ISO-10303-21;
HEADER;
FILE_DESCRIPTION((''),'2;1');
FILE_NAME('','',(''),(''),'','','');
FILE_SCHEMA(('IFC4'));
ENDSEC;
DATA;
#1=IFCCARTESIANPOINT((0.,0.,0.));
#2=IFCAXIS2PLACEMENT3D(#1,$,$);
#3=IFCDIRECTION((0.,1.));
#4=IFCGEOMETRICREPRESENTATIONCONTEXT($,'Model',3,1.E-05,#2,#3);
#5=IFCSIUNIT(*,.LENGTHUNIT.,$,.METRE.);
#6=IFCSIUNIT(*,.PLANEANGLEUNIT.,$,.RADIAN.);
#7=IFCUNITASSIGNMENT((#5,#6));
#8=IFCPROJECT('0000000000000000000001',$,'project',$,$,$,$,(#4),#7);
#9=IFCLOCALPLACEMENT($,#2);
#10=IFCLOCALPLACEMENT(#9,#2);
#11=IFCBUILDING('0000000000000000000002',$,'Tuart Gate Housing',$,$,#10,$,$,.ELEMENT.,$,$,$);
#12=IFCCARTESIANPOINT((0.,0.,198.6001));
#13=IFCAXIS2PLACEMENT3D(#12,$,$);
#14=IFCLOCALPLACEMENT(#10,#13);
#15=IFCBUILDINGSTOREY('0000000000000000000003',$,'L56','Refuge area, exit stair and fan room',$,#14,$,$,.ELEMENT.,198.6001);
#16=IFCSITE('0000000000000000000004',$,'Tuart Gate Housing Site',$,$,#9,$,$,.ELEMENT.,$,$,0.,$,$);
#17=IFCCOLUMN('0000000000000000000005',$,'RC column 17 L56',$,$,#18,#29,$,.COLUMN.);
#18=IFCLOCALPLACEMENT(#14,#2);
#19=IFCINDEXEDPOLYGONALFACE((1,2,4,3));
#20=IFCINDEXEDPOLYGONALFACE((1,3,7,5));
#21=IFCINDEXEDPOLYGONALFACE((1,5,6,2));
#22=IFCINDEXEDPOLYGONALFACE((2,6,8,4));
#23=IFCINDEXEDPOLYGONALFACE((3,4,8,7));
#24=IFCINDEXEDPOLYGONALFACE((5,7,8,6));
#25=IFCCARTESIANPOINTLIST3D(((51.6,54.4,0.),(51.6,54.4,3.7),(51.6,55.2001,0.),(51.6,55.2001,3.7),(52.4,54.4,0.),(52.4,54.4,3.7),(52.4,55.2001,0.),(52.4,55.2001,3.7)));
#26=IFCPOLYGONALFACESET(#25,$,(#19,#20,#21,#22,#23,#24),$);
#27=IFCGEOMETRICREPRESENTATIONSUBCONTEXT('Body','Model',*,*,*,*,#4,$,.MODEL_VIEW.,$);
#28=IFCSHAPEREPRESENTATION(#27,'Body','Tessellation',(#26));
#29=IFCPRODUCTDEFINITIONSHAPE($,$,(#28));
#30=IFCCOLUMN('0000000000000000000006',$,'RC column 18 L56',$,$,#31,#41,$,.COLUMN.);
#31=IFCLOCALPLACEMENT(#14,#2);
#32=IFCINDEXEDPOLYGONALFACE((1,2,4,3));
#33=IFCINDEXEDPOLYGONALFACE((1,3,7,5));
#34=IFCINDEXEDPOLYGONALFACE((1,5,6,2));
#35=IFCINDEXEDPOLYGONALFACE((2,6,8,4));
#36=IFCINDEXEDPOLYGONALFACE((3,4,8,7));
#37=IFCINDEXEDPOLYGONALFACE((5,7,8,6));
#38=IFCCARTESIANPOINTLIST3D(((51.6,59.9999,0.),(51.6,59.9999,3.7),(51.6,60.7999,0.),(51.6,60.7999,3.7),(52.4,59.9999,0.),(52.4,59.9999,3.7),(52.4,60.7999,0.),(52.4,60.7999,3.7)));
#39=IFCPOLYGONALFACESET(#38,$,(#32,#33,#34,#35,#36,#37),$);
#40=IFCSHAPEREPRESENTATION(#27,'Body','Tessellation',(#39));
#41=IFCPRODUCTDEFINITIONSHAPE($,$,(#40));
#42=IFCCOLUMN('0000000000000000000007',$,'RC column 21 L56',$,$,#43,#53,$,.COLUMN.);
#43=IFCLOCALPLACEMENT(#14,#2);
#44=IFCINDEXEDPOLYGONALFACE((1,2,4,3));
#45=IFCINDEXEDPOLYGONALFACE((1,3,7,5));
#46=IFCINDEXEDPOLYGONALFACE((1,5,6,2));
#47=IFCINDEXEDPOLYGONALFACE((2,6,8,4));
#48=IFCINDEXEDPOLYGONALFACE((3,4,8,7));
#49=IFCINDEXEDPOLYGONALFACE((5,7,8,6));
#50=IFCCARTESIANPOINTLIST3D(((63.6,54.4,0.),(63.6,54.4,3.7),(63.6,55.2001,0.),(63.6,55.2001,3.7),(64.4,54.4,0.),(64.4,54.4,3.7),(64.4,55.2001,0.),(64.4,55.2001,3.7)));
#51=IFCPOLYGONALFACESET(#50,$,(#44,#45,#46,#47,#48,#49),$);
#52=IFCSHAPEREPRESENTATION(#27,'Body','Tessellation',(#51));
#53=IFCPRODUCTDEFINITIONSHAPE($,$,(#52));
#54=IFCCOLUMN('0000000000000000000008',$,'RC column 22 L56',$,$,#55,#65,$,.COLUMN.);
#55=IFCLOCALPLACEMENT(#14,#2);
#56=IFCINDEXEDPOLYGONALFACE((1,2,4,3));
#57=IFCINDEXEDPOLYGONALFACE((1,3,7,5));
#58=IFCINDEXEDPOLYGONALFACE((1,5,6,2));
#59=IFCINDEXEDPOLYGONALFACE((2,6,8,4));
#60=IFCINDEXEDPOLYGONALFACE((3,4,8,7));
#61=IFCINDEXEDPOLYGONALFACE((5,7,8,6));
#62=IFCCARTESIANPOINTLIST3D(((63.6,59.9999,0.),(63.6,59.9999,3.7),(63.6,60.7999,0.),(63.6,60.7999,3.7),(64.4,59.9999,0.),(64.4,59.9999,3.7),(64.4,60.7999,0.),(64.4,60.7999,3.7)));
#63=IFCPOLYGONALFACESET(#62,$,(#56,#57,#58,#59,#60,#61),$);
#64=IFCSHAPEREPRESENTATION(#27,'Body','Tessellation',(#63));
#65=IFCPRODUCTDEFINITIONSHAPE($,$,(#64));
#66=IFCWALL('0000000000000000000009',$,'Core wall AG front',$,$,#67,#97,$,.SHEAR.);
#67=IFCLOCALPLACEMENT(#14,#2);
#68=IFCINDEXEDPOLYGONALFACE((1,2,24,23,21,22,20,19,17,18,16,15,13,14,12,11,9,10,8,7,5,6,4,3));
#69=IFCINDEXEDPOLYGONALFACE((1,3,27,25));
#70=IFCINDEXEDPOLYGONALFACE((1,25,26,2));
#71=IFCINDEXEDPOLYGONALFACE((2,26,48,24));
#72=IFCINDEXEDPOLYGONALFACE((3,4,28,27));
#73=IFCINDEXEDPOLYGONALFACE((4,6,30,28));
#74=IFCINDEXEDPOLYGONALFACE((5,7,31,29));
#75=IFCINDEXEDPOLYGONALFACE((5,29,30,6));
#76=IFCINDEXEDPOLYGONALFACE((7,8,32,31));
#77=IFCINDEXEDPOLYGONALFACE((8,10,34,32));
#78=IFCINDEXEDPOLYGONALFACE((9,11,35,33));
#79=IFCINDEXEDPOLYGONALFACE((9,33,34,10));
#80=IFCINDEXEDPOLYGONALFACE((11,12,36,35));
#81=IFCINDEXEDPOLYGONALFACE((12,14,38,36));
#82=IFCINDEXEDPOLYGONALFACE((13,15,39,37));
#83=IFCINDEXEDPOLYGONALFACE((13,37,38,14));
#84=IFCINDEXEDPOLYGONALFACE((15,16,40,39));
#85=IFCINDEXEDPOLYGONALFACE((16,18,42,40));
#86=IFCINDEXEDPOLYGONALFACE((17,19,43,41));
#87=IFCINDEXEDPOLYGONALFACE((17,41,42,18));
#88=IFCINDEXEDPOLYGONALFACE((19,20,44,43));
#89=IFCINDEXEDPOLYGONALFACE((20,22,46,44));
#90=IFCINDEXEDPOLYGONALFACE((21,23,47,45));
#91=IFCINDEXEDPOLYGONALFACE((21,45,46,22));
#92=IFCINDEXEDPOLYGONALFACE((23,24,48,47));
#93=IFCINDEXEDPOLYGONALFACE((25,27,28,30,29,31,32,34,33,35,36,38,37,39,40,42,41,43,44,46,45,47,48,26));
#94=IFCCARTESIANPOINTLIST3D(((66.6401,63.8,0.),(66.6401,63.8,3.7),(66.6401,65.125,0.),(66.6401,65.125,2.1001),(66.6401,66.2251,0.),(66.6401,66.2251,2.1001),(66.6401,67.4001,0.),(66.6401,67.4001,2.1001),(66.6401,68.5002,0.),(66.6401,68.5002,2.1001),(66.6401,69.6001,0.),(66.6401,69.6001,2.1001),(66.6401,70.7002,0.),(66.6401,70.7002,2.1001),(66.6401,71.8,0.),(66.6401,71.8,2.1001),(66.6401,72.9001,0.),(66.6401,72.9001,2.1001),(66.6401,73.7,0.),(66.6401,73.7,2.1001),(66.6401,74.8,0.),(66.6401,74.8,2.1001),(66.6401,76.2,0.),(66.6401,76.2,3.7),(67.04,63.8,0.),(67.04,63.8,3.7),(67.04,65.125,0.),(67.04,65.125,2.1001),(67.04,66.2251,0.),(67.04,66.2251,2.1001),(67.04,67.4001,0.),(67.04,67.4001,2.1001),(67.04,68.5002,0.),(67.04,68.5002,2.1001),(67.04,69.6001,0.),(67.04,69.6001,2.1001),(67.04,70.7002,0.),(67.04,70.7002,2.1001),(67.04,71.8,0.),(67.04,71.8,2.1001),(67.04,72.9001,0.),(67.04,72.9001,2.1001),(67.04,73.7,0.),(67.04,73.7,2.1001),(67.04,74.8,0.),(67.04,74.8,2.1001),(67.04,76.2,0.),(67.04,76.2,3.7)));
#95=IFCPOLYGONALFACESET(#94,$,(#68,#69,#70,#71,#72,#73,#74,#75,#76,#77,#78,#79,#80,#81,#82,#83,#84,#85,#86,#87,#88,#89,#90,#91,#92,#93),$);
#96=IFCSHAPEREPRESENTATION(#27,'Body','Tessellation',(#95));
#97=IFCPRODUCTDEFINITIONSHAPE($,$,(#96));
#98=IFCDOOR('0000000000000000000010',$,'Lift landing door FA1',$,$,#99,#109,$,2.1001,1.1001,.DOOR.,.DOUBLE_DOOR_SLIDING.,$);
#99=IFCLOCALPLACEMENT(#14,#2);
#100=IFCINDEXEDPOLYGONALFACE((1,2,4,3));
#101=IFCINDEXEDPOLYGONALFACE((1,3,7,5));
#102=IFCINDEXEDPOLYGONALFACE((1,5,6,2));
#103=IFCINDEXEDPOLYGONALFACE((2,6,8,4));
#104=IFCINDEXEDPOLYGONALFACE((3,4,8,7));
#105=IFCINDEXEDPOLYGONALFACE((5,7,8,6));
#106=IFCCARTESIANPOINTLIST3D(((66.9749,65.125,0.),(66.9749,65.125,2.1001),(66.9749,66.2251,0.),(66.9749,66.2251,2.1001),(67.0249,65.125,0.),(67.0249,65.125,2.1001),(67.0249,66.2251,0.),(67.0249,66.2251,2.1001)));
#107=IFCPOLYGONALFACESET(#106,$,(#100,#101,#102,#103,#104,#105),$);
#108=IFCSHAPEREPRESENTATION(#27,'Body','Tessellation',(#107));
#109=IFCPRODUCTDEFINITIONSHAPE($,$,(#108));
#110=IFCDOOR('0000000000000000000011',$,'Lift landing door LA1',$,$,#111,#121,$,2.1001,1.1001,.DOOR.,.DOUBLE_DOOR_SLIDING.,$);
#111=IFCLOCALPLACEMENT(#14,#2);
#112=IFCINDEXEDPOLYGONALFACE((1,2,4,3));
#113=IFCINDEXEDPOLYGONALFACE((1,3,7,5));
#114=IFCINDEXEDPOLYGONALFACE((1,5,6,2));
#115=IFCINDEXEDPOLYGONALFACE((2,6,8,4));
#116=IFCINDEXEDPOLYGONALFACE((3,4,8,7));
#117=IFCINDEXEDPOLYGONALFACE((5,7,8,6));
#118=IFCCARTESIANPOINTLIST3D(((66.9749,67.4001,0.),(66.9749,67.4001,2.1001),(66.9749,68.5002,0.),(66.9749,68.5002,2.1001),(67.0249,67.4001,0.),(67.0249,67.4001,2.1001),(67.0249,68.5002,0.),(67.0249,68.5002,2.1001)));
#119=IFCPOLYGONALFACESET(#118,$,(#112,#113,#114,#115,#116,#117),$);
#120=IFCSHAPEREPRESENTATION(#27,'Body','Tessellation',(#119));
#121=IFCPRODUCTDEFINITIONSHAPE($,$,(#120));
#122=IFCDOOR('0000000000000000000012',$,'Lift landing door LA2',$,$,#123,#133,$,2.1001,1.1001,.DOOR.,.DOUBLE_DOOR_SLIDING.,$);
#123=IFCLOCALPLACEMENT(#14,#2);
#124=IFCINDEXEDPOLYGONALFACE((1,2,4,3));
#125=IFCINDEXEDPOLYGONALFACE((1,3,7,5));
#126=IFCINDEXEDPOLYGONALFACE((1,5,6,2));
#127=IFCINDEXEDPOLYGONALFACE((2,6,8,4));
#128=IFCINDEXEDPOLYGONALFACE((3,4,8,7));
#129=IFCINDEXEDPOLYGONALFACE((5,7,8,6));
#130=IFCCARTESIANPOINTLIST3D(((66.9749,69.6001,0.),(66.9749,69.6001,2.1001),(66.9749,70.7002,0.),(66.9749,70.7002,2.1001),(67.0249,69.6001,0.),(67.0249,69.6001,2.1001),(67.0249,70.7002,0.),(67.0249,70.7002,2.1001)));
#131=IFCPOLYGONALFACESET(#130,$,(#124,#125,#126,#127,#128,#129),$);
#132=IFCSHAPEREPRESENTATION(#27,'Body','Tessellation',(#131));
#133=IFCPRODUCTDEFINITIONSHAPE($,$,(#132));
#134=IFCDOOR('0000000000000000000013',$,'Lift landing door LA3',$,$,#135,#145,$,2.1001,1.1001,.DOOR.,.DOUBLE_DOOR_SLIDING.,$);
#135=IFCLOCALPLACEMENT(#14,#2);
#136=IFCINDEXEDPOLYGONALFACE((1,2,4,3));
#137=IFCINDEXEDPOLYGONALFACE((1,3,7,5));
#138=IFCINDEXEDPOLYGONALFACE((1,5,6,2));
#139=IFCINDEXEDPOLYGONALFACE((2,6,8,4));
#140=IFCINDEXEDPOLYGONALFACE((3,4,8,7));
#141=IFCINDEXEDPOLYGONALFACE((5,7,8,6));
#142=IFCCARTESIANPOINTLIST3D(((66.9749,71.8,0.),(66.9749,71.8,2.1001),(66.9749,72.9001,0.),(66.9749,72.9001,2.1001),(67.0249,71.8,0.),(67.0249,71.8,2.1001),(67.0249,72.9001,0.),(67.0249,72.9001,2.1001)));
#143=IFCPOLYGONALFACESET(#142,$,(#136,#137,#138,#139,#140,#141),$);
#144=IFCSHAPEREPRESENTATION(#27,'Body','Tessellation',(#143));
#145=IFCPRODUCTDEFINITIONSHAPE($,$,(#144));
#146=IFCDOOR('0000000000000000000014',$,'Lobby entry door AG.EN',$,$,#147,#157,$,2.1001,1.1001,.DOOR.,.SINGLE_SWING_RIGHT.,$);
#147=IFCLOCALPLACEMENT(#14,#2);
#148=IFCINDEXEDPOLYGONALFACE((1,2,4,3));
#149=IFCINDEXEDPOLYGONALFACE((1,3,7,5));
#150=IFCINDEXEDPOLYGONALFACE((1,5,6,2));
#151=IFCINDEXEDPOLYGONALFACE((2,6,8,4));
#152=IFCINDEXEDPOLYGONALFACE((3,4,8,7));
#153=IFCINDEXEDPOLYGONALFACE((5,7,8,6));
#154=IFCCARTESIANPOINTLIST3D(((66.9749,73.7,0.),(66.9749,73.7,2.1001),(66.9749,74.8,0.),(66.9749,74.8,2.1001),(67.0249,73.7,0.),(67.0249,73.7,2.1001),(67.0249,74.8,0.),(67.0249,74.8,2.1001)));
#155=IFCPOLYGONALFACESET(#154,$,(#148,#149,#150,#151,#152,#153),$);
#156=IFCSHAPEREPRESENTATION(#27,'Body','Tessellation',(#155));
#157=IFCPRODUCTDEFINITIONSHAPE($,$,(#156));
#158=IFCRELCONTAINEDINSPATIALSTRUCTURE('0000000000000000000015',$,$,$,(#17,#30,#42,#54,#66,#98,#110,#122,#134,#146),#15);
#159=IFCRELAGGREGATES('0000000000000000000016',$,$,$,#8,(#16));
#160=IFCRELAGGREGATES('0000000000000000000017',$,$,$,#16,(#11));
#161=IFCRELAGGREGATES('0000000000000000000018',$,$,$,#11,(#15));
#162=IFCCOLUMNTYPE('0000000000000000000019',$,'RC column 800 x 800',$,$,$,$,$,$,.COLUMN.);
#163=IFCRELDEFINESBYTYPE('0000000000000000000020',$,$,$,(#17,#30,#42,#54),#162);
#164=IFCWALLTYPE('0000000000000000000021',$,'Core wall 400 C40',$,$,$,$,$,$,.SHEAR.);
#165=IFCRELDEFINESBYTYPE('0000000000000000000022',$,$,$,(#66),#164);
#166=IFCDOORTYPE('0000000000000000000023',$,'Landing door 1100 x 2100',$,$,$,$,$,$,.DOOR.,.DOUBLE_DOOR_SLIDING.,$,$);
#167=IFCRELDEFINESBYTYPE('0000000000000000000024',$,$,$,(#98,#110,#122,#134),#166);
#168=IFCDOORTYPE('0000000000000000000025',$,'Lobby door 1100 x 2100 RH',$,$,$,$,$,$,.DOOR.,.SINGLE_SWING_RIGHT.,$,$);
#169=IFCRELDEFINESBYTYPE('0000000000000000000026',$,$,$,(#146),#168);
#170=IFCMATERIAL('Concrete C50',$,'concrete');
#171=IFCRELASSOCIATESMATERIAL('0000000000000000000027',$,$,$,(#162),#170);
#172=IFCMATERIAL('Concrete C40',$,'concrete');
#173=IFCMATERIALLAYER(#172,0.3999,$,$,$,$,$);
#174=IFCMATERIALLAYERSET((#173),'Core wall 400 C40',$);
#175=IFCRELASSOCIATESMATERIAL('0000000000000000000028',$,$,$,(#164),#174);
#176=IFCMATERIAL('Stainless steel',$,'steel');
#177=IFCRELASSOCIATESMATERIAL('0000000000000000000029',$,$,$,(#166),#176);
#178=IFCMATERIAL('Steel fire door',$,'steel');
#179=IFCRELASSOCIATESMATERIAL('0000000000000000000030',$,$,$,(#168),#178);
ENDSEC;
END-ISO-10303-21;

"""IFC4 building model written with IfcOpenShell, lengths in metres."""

from ifc_helpers import new_model, si_unit, direction, frame, frame_2d, origin, origin_2d, place, context, subcontext, project, spatial, rectangle, extrude, material, layer, layer_set, material_profile, profile_set, type_object, element, fill, save


model = new_model("IFC4")

# Units and contexts
model_context = context("Model", 3, precision=1e-05, world=origin(), true_north=direction((0.0, 1.0)))
body_context = subcontext(model_context, "Body", "Model", "MODEL_VIEW")
ifc_project = project(units=[si_unit("LENGTHUNIT", "METRE"), si_unit("PLANEANGLEUNIT", "RADIAN")], contexts=[model_context])

# Site, building, storey
site_placement = place(None, origin())
site = spatial("IfcSite", under=ifc_project, at=site_placement, Name="Tuart Gate Housing Site", CompositionType="ELEMENT", RefElevation=0.0)
building_placement = place(site_placement, origin())
building = spatial("IfcBuilding", under=site, at=building_placement, Name="Tuart Gate Housing", CompositionType="ELEMENT")
storey_placement = place(building_placement, frame((0.0, 0.0, 198.6001)))
storey = spatial("IfcBuildingStorey", under=building, at=storey_placement, Name="L56", Description="Refuge area, exit stair and fan room", CompositionType="ELEMENT", Elevation=198.6001)

# Columns
ifc_material_1 = material(Name="Concrete C50", Category="concrete")
ifc_material_profile = material_profile(ifc_material_1, rectangle(XDim=0.8, YDim=0.8, at=origin_2d()), Name="RC column 800 x 800")
ifc_profile_set = profile_set([ifc_material_profile], Name="Concrete C50")
column_type = type_object("IfcColumnType", Name="RC column 800 x 800", PredefinedType="COLUMN", material=ifc_profile_set)
for number, where, z_axis, x_axis, name in (
    (1, (52.0, 54.8, 0.0), (0.0, 0.0, 1.0), (1.0, 0.0, 0.0), "RC column 17 L56"),
    (2, (52.0, 60.3999, 0.0), (0.0, 0.0, 1.0), (1.0, 0.0, 0.0), "RC column 18 L56"),
    (3, (64.0, 54.8, 0.0), (0.0, 0.0, 1.0), (1.0, 0.0, 0.0), "RC column 21 L56"),
    (4, (64.0, 60.3999, 0.0), (0.0, 0.0, 1.0), (1.0, 0.0, 0.0), "RC column 22 L56"),
):
    element("IfcColumn", number, at=place(storey_placement, frame(where, z_axis=z_axis, x_axis=x_axis)), inside=storey, type_object=column_type, Name=name, PredefinedType="COLUMN", context=body_context, shape_type="SweptSolid", body=[
        extrude(rectangle(XDim=0.8, YDim=0.8, at=origin_2d()), origin(), (0.0, 0.0, 1.0), 3.7),
    ])

# Wall, openings, doors
ifc_material_2 = material(Name="Concrete C40", Category="concrete")
ifc_layer_1 = layer(ifc_material_2, 0.3999)
ifc_layer_set_1 = layer_set([ifc_layer_1], Name="Core wall 400 C40")
wall_type_1 = type_object("IfcWallType", Name="Core wall 400 C40", PredefinedType="SHEAR", material=ifc_layer_set_1)
wall_1_placement = place(storey_placement, frame((66.8401, 63.8, 0.0), z_axis=(0.0, 0.0, 1.0), x_axis=(0.0, 1.0, 0.0)))
wall_1 = element("IfcWall", 5, at=wall_1_placement, inside=storey, type_object=wall_type_1, Name="Core wall AG front", PredefinedType="SHEAR", context=body_context, shape_type="SweptSolid", body=[
    extrude(rectangle(XDim=12.3999, YDim=0.3999, at=frame_2d((6.2, 0.0))), origin(), (0.0, 0.0, 1.0), 3.7),
])
opening_1_placement = place(wall_1_placement, frame((1.325, 0.0, 0.0)))
opening_1 = element("IfcOpeningElement", 6, at=opening_1_placement, cuts=wall_1, PredefinedType="OPENING", context=body_context, shape_type="SweptSolid", body=[
    extrude(rectangle(XDim=1.1001, YDim=2.1001, at=frame_2d((0.55, 1.05))), frame((0.0, 0.21, 0.0), z_axis=(0.0, -1.0, 0.0), x_axis=(1.0, 0.0, 0.0)), (0.0, 0.0, 1.0), 0.4199),
])
opening_2_placement = place(wall_1_placement, frame((3.6001, 0.0, 0.0)))
opening_2 = element("IfcOpeningElement", 7, at=opening_2_placement, cuts=wall_1, PredefinedType="OPENING", context=body_context, shape_type="SweptSolid", body=[
    extrude(rectangle(XDim=1.1001, YDim=2.1001, at=frame_2d((0.55, 1.05))), frame((0.0, 0.21, 0.0), z_axis=(0.0, -1.0, 0.0), x_axis=(1.0, 0.0, 0.0)), (0.0, 0.0, 1.0), 0.4199),
])
opening_3_placement = place(wall_1_placement, frame((5.8, 0.0, 0.0)))
opening_3 = element("IfcOpeningElement", 8, at=opening_3_placement, cuts=wall_1, PredefinedType="OPENING", context=body_context, shape_type="SweptSolid", body=[
    extrude(rectangle(XDim=1.1001, YDim=2.1001, at=frame_2d((0.55, 1.05))), frame((0.0, 0.21, 0.0), z_axis=(0.0, -1.0, 0.0), x_axis=(1.0, 0.0, 0.0)), (0.0, 0.0, 1.0), 0.4199),
])
opening_4_placement = place(wall_1_placement, frame((8.0, 0.0, 0.0)))
opening_4 = element("IfcOpeningElement", 9, at=opening_4_placement, cuts=wall_1, PredefinedType="OPENING", context=body_context, shape_type="SweptSolid", body=[
    extrude(rectangle(XDim=1.1001, YDim=2.1001, at=frame_2d((0.55, 1.05))), frame((0.0, 0.21, 0.0), z_axis=(0.0, -1.0, 0.0), x_axis=(1.0, 0.0, 0.0)), (0.0, 0.0, 1.0), 0.4199),
])
opening_5_placement = place(wall_1_placement, frame((9.8999, 0.0, 0.0)))
opening_5 = element("IfcOpeningElement", 10, at=opening_5_placement, cuts=wall_1, PredefinedType="OPENING", context=body_context, shape_type="SweptSolid", body=[
    extrude(rectangle(XDim=1.1001, YDim=2.1001, at=frame_2d((0.55, 1.05))), frame((0.0, 0.21, 0.0), z_axis=(0.0, -1.0, 0.0), x_axis=(1.0, 0.0, 0.0)), (0.0, 0.0, 1.0), 0.4199),
])
ifc_material_3 = material(Name="Stainless steel", Category="steel")
door_type_1 = type_object("IfcDoorType", Name="Landing door 1100 x 2100", OperationType="DOUBLE_DOOR_SLIDING", PredefinedType="DOOR", material=ifc_material_3)
door_1_placement = place(opening_1_placement, origin())
door_1 = element("IfcDoor", 11, at=door_1_placement, inside=storey, type_object=door_type_1, Name="Lift landing door FA1", OperationType="DOUBLE_DOOR_SLIDING", OverallHeight=2.1001, OverallWidth=1.1001, PredefinedType="DOOR", context=body_context, shape_type="SweptSolid", body=[
    extrude(rectangle(XDim=1.1001, YDim=2.1001, at=frame_2d((0.55, 1.05))), frame((0.0, -0.1348, 0.0), z_axis=(0.0, -1.0, 0.0), x_axis=(1.0, 0.0, 0.0)), (0.0, 0.0, 1.0), 0.05),
])
fill(opening_1, door_1)
door_2_placement = place(opening_2_placement, origin())
door_2 = element("IfcDoor", 12, at=door_2_placement, inside=storey, type_object=door_type_1, Name="Lift landing door LA1", OperationType="DOUBLE_DOOR_SLIDING", OverallHeight=2.1001, OverallWidth=1.1001, PredefinedType="DOOR", context=body_context, shape_type="SweptSolid", body=[
    extrude(rectangle(XDim=1.1001, YDim=2.1001, at=frame_2d((0.55, 1.05))), frame((0.0, -0.1348, 0.0), z_axis=(0.0, -1.0, 0.0), x_axis=(1.0, 0.0, 0.0)), (0.0, 0.0, 1.0), 0.05),
])
fill(opening_2, door_2)
door_3_placement = place(opening_3_placement, origin())
door_3 = element("IfcDoor", 13, at=door_3_placement, inside=storey, type_object=door_type_1, Name="Lift landing door LA2", OperationType="DOUBLE_DOOR_SLIDING", OverallHeight=2.1001, OverallWidth=1.1001, PredefinedType="DOOR", context=body_context, shape_type="SweptSolid", body=[
    extrude(rectangle(XDim=1.1001, YDim=2.1001, at=frame_2d((0.55, 1.05))), frame((0.0, -0.1348, 0.0), z_axis=(0.0, -1.0, 0.0), x_axis=(1.0, 0.0, 0.0)), (0.0, 0.0, 1.0), 0.05),
])
fill(opening_3, door_3)
door_4_placement = place(opening_4_placement, origin())
door_4 = element("IfcDoor", 14, at=door_4_placement, inside=storey, type_object=door_type_1, Name="Lift landing door LA3", OperationType="DOUBLE_DOOR_SLIDING", OverallHeight=2.1001, OverallWidth=1.1001, PredefinedType="DOOR", context=body_context, shape_type="SweptSolid", body=[
    extrude(rectangle(XDim=1.1001, YDim=2.1001, at=frame_2d((0.55, 1.05))), frame((0.0, -0.1348, 0.0), z_axis=(0.0, -1.0, 0.0), x_axis=(1.0, 0.0, 0.0)), (0.0, 0.0, 1.0), 0.05),
])
fill(opening_4, door_4)
ifc_material_4 = material(Name="Steel fire door", Category="steel")
door_type_2 = type_object("IfcDoorType", Name="Lobby door 1100 x 2100 RH", OperationType="SINGLE_SWING_RIGHT", PredefinedType="DOOR", material=ifc_material_4)
door_5_placement = place(opening_5_placement, frame((1.1001, 0.0, 0.0), z_axis=(0.0, 0.0, 1.0), x_axis=(-1.0, 0.0, 0.0)))
door_5 = element("IfcDoor", 15, at=door_5_placement, inside=storey, type_object=door_type_2, Name="Lobby entry door AG.EN", OperationType="SINGLE_SWING_RIGHT", OverallHeight=2.1001, OverallWidth=1.1001, PredefinedType="DOOR", context=body_context, shape_type="SweptSolid", body=[
    extrude(rectangle(XDim=1.1001, YDim=2.1001, at=frame_2d((0.55, 1.05))), frame((0.0, 0.1848, 0.0), z_axis=(0.0, -1.0, 0.0), x_axis=(1.0, 0.0, 0.0)), (0.0, 0.0, 1.0), 0.05),
])
fill(opening_5, door_5)

save(model, "model.ifc")
